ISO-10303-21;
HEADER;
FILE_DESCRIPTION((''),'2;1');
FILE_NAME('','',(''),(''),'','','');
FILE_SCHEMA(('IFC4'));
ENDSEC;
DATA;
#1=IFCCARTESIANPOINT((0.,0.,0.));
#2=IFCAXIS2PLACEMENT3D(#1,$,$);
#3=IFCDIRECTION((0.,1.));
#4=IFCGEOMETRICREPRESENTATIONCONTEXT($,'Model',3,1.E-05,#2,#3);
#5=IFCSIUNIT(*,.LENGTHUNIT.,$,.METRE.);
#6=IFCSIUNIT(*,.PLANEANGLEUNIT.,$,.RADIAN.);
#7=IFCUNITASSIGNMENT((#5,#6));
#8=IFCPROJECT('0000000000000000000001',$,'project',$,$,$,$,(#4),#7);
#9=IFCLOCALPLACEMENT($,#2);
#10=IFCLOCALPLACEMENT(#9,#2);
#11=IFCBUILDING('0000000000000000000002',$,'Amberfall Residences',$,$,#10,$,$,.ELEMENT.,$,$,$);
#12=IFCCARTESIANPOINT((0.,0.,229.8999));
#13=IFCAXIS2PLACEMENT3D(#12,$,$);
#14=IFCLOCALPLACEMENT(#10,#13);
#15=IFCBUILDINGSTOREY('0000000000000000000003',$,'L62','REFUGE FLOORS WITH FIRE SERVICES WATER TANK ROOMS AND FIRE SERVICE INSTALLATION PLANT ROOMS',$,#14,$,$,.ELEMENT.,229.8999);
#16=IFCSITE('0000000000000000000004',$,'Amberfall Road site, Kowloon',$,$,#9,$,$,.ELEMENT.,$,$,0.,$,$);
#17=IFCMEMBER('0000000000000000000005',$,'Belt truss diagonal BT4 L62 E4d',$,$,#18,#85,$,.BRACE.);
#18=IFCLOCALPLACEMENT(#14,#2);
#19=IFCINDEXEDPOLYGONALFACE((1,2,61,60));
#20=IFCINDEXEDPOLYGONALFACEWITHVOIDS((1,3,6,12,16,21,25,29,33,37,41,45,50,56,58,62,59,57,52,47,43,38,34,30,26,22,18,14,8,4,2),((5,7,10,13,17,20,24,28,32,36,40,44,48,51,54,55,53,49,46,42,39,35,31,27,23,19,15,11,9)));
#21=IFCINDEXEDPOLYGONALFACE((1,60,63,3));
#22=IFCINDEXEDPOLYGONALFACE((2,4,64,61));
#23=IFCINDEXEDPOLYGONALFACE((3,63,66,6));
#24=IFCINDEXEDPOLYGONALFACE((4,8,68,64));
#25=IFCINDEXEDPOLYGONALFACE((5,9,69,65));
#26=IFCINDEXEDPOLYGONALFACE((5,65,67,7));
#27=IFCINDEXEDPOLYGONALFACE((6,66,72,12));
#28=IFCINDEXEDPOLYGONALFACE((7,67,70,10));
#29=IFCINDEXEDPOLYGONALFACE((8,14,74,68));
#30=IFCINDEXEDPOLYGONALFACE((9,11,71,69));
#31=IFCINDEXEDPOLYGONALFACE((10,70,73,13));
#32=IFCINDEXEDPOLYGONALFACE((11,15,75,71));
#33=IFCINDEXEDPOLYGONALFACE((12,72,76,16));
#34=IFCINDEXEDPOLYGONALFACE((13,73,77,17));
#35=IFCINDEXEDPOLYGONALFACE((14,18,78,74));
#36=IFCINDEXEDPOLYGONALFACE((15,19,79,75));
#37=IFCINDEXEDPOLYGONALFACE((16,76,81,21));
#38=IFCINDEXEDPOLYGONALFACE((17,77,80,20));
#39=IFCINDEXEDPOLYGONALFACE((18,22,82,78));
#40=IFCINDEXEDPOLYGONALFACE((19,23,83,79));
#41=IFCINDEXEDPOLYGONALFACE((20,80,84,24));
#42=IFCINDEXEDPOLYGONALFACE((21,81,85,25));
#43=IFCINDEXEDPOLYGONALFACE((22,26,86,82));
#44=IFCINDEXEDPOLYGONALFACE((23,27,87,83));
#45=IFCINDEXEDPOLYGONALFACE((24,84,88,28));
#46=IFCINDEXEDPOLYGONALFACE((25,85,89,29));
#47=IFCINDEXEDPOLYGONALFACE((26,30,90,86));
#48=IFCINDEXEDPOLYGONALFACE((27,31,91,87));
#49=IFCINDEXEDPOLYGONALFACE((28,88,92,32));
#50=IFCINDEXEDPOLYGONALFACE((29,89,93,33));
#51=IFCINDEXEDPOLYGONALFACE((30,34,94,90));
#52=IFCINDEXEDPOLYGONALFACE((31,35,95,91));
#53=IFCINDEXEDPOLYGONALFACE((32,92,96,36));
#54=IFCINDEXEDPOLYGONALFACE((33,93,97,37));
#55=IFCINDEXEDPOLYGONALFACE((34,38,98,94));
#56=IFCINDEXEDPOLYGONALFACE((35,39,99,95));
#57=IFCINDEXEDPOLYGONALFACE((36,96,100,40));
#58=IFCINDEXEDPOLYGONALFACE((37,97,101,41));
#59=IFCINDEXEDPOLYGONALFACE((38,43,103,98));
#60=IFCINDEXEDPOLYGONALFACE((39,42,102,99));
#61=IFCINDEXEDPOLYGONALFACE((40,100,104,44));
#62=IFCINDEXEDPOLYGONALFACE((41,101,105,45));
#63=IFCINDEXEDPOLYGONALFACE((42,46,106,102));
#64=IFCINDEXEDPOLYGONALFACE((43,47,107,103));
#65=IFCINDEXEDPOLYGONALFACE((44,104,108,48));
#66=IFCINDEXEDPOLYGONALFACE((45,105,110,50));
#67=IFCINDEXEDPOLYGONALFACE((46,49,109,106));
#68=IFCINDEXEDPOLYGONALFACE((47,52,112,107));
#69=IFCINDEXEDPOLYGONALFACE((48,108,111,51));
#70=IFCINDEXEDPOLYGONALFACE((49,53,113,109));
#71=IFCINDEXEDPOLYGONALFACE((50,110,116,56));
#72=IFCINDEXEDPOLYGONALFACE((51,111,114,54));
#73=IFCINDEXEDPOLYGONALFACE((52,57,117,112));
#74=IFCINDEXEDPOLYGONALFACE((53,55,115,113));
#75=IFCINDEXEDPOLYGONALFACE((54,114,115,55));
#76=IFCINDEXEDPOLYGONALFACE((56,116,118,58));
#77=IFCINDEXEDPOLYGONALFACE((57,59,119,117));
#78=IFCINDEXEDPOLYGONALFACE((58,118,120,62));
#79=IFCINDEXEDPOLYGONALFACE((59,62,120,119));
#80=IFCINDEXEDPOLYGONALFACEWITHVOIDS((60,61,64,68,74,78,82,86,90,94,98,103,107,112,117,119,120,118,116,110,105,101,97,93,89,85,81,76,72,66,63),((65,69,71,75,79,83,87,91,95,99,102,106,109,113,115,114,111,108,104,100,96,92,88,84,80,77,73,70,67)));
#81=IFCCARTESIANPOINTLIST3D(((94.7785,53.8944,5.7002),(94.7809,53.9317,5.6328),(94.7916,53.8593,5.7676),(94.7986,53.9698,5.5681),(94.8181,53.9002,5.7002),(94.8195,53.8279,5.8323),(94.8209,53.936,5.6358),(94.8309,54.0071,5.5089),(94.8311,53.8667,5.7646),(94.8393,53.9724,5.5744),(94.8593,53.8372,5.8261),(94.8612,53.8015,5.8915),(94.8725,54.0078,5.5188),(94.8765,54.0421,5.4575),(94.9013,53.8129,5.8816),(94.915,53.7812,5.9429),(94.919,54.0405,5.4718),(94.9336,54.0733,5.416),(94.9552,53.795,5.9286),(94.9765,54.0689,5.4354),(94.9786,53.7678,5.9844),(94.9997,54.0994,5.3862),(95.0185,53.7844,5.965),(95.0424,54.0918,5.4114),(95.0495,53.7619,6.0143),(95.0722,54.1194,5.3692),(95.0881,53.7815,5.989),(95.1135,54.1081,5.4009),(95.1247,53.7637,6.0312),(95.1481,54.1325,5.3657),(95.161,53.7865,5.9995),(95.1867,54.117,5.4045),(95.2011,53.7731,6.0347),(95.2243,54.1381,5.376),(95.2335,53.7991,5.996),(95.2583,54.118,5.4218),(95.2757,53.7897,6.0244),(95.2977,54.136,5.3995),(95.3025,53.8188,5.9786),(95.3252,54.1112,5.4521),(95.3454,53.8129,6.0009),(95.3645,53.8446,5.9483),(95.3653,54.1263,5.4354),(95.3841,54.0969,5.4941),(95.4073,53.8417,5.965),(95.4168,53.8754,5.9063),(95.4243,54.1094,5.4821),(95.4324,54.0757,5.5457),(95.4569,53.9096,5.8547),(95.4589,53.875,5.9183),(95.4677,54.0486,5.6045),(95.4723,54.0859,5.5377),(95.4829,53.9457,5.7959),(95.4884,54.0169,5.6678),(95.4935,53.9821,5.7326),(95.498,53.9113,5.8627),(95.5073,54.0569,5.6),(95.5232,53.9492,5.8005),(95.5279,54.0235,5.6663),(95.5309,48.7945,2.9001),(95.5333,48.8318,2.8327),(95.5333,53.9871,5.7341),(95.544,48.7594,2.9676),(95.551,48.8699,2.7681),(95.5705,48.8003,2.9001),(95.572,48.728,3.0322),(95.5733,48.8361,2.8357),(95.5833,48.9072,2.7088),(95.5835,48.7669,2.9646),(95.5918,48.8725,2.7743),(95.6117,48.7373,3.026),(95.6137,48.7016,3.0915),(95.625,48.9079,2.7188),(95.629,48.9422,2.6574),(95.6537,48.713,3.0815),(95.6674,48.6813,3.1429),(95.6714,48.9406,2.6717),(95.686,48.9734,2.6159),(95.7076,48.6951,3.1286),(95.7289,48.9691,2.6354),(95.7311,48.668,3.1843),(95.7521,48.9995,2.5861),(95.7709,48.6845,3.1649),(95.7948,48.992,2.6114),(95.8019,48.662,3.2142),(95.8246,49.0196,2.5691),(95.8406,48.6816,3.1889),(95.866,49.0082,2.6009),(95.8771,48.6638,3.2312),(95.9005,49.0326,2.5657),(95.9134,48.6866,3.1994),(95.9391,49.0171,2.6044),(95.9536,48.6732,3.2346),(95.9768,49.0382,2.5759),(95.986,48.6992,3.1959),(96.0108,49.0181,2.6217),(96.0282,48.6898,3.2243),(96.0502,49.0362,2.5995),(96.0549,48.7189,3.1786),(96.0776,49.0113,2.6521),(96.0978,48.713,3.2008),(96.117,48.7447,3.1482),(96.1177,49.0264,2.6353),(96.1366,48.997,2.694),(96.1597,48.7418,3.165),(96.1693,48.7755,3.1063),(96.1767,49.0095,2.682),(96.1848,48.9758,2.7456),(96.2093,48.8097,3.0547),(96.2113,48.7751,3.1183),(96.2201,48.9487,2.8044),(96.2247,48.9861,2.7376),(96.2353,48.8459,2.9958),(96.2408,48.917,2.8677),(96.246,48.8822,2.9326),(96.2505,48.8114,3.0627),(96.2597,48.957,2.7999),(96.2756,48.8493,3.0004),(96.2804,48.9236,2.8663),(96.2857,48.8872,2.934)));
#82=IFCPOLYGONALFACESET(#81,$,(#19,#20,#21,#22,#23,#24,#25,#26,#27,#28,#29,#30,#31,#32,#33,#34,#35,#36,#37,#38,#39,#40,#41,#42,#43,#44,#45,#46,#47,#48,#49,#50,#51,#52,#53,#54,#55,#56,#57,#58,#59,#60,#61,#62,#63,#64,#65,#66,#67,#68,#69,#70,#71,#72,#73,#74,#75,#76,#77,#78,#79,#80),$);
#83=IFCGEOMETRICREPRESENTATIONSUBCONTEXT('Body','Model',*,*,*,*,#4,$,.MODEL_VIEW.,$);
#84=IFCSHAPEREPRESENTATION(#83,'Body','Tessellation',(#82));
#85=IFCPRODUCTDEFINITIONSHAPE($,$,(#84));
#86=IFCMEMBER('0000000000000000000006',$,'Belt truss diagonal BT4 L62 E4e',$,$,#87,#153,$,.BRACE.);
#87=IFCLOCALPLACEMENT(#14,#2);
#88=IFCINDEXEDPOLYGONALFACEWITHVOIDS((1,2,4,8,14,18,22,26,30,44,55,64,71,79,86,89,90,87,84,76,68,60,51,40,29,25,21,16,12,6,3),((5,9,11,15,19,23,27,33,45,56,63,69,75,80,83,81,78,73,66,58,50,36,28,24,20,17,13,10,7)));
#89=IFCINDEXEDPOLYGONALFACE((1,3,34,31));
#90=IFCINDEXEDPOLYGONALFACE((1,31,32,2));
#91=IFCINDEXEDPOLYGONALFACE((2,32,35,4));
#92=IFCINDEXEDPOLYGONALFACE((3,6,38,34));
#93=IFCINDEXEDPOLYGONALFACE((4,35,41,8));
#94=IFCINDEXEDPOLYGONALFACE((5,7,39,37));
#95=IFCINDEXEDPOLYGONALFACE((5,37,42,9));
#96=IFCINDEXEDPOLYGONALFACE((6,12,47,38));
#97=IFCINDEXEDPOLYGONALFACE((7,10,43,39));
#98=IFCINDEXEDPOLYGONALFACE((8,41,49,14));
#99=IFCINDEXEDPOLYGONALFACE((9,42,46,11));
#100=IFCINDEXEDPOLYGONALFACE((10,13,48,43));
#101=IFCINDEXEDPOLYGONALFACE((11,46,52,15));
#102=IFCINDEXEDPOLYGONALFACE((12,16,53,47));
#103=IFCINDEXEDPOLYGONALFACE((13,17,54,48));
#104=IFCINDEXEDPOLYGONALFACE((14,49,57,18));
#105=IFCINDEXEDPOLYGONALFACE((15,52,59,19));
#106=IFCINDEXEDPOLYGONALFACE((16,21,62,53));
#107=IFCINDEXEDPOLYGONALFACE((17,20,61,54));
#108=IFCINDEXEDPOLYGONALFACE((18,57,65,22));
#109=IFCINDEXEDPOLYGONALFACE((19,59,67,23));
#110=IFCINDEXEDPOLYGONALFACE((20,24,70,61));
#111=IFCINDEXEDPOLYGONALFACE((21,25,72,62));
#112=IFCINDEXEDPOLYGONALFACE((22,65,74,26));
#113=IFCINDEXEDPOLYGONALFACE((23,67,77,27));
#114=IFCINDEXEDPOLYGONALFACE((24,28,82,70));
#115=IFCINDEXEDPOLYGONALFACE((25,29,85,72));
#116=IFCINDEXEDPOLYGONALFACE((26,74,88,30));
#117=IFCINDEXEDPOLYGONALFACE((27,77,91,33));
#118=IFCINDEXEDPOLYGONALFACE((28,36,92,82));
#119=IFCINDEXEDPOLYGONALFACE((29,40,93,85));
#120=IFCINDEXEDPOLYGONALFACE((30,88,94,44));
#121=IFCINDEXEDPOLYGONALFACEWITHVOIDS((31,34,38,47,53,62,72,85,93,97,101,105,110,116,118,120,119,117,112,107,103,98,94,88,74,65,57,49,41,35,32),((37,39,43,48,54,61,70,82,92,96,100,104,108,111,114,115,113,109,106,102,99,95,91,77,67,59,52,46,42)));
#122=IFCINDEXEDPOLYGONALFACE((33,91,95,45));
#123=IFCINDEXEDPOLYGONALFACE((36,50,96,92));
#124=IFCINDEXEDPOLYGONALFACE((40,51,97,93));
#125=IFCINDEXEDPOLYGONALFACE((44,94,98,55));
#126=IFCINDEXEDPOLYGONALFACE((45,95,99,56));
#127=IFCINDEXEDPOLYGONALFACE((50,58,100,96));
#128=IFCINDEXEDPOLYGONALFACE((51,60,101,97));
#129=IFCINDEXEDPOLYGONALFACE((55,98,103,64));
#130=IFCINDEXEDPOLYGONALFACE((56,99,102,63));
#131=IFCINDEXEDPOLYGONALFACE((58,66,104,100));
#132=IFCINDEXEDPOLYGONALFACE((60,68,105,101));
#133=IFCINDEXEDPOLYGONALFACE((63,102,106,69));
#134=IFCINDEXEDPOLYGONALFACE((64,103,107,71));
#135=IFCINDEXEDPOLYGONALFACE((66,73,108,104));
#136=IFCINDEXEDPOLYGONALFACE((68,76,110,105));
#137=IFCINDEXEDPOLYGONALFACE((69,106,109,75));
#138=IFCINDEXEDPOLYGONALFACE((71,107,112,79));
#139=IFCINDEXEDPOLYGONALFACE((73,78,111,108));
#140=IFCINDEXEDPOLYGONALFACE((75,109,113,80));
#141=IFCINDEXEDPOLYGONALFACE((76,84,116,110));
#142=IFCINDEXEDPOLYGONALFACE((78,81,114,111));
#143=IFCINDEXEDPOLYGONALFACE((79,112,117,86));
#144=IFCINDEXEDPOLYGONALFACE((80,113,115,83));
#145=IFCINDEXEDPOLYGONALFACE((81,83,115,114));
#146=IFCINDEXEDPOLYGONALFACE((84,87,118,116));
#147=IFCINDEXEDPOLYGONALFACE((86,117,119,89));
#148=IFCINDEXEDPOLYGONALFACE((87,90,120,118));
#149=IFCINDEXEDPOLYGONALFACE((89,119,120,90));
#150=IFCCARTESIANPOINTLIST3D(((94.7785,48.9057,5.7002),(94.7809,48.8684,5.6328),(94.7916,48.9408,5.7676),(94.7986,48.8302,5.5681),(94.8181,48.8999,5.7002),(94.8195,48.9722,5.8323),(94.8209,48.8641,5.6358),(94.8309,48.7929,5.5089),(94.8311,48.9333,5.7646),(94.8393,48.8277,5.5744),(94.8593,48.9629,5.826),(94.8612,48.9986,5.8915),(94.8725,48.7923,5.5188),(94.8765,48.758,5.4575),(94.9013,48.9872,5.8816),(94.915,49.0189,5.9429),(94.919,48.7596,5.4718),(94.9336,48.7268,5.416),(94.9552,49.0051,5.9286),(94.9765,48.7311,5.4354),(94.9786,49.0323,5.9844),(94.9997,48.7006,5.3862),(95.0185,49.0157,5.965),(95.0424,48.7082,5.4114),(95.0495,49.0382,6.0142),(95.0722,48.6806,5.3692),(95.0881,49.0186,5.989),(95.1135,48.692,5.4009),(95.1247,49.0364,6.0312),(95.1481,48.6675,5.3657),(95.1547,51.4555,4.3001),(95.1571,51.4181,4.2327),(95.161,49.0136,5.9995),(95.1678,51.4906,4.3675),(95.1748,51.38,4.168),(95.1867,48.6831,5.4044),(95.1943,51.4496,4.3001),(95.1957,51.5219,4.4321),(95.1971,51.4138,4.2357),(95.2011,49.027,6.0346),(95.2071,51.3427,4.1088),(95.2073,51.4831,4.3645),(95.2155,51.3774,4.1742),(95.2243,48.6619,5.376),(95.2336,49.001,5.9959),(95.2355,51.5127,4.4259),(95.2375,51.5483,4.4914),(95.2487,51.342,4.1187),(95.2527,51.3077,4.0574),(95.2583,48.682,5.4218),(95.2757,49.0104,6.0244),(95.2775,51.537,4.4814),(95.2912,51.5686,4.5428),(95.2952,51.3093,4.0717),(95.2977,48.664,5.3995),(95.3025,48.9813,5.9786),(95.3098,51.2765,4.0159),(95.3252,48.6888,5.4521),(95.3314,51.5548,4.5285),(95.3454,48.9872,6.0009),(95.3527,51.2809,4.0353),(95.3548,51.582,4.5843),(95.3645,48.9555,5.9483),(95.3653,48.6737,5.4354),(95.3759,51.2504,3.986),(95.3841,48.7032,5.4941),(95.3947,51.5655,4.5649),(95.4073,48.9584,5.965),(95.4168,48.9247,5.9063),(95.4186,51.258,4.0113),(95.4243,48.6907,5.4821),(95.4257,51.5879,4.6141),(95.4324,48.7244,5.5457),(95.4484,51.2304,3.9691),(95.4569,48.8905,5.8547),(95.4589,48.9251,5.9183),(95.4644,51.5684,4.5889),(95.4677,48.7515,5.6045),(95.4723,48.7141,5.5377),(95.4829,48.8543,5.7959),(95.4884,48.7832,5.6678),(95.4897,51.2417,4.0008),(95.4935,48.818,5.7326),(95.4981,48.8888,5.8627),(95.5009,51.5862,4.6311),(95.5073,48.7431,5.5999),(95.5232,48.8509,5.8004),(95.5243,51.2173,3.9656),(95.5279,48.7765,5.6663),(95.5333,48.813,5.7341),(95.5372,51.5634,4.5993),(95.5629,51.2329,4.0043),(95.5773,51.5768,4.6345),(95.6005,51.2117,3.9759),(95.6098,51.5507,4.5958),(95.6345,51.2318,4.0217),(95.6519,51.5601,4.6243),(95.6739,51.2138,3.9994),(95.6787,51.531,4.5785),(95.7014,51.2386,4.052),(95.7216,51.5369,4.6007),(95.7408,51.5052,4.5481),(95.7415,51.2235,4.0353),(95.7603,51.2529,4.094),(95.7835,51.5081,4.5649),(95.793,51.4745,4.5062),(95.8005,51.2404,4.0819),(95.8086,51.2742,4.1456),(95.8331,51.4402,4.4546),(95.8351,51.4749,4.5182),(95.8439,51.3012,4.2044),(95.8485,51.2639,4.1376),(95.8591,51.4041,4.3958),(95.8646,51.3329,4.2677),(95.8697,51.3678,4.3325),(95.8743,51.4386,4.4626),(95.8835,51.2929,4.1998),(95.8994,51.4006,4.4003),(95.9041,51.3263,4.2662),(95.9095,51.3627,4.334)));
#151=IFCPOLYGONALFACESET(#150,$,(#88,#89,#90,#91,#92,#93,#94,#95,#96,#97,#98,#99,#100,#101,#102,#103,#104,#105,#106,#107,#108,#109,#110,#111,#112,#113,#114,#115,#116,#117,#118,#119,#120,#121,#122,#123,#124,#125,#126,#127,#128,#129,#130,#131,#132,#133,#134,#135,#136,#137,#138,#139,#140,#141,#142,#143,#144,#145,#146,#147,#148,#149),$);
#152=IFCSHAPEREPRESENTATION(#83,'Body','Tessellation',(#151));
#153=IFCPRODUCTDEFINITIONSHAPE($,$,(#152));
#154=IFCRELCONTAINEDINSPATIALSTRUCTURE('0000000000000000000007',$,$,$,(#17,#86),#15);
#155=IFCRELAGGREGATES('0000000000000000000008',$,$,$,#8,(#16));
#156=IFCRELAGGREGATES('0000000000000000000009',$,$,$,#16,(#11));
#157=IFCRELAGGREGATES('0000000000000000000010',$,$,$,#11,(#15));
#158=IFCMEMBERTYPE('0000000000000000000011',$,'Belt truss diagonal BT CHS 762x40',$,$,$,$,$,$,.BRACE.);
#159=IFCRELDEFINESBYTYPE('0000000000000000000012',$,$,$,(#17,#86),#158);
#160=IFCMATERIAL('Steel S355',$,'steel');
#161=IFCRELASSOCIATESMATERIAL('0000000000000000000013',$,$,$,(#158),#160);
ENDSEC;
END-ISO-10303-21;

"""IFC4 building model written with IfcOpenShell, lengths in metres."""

from ifc_helpers import new_model, si_unit, direction, frame, origin, origin_2d, place, context, subcontext, project, spatial, hollow_circle, extrude, material, material_profile, profile_set, type_object, element, save


model = new_model("IFC4")

# Units and contexts
model_context = context("Model", 3, precision=1e-05, world=origin(), true_north=direction((0.0, 1.0)))
body_context = subcontext(model_context, "Body", "Model", "MODEL_VIEW")
ifc_project = project(units=[si_unit("LENGTHUNIT", "METRE"), si_unit("PLANEANGLEUNIT", "RADIAN")], contexts=[model_context])

# Site, building, storey
site_placement = place(None, origin())
site = spatial("IfcSite", under=ifc_project, at=site_placement, Name="Amberfall Road site, Kowloon", CompositionType="ELEMENT", RefElevation=0.0)
building_placement = place(site_placement, origin())
building = spatial("IfcBuilding", under=site, at=building_placement, Name="Amberfall Residences", CompositionType="ELEMENT")
storey_placement = place(building_placement, frame((0.0, 0.0, 229.8999)))
storey = spatial("IfcBuildingStorey", under=building, at=storey_placement, Name="L62", Description="REFUGE FLOORS WITH FIRE SERVICES WATER TANK ROOMS AND FIRE SERVICE INSTALLATION PLANT ROOMS", CompositionType="ELEMENT", Elevation=229.8999)

# Shared definitions
ifc_material_1 = material(Name="Steel S355", Category="steel")

# Members
ifc_material_profile_1 = material_profile(ifc_material_1, hollow_circle(Radius=0.3811, WallThickness=0.04, at=origin_2d()), Name="CHS 762x40")
ifc_profile_set_1 = profile_set([ifc_material_profile_1], Name="Steel S355")
member_type_1 = type_object("IfcMemberType", Name="Belt truss diagonal BT CHS 762x40", PredefinedType="BRACE", material=ifc_profile_set_1)
member_1_placement = place(storey_placement, frame((95.908, 48.8501, 2.9001), z_axis=(-0.128262, 0.869329, 0.477301), x_axis=(-0.98929, -0.145962, 0.0)))
element("IfcMember", 1, at=member_1_placement, inside=storey, type_object=member_type_1, Name="Belt truss diagonal BT4 L62 E4d", PredefinedType="BRACE", context=body_context, shape_type="SweptSolid", body=[
    extrude(hollow_circle(Radius=0.3811, WallThickness=0.04, at=origin_2d()), origin(), (0.0, 0.0, 1.0), 5.8665),
])
member_2_placement = place(storey_placement, frame((95.1555, 48.8501, 5.7002), z_axis=(0.128264, 0.869302, -0.47735), x_axis=(-0.989289, 0.145968, 0.0)))
element("IfcMember", 2, at=member_2_placement, inside=storey, type_object=member_type_1, Name="Belt truss diagonal BT4 L62 E4e", PredefinedType="BRACE", context=body_context, shape_type="SweptSolid", body=[
    extrude(hollow_circle(Radius=0.3811, WallThickness=0.04, at=origin_2d()), origin(), (0.0, 0.0, 1.0), 2.9331),
])

save(model, "model.ifc")
